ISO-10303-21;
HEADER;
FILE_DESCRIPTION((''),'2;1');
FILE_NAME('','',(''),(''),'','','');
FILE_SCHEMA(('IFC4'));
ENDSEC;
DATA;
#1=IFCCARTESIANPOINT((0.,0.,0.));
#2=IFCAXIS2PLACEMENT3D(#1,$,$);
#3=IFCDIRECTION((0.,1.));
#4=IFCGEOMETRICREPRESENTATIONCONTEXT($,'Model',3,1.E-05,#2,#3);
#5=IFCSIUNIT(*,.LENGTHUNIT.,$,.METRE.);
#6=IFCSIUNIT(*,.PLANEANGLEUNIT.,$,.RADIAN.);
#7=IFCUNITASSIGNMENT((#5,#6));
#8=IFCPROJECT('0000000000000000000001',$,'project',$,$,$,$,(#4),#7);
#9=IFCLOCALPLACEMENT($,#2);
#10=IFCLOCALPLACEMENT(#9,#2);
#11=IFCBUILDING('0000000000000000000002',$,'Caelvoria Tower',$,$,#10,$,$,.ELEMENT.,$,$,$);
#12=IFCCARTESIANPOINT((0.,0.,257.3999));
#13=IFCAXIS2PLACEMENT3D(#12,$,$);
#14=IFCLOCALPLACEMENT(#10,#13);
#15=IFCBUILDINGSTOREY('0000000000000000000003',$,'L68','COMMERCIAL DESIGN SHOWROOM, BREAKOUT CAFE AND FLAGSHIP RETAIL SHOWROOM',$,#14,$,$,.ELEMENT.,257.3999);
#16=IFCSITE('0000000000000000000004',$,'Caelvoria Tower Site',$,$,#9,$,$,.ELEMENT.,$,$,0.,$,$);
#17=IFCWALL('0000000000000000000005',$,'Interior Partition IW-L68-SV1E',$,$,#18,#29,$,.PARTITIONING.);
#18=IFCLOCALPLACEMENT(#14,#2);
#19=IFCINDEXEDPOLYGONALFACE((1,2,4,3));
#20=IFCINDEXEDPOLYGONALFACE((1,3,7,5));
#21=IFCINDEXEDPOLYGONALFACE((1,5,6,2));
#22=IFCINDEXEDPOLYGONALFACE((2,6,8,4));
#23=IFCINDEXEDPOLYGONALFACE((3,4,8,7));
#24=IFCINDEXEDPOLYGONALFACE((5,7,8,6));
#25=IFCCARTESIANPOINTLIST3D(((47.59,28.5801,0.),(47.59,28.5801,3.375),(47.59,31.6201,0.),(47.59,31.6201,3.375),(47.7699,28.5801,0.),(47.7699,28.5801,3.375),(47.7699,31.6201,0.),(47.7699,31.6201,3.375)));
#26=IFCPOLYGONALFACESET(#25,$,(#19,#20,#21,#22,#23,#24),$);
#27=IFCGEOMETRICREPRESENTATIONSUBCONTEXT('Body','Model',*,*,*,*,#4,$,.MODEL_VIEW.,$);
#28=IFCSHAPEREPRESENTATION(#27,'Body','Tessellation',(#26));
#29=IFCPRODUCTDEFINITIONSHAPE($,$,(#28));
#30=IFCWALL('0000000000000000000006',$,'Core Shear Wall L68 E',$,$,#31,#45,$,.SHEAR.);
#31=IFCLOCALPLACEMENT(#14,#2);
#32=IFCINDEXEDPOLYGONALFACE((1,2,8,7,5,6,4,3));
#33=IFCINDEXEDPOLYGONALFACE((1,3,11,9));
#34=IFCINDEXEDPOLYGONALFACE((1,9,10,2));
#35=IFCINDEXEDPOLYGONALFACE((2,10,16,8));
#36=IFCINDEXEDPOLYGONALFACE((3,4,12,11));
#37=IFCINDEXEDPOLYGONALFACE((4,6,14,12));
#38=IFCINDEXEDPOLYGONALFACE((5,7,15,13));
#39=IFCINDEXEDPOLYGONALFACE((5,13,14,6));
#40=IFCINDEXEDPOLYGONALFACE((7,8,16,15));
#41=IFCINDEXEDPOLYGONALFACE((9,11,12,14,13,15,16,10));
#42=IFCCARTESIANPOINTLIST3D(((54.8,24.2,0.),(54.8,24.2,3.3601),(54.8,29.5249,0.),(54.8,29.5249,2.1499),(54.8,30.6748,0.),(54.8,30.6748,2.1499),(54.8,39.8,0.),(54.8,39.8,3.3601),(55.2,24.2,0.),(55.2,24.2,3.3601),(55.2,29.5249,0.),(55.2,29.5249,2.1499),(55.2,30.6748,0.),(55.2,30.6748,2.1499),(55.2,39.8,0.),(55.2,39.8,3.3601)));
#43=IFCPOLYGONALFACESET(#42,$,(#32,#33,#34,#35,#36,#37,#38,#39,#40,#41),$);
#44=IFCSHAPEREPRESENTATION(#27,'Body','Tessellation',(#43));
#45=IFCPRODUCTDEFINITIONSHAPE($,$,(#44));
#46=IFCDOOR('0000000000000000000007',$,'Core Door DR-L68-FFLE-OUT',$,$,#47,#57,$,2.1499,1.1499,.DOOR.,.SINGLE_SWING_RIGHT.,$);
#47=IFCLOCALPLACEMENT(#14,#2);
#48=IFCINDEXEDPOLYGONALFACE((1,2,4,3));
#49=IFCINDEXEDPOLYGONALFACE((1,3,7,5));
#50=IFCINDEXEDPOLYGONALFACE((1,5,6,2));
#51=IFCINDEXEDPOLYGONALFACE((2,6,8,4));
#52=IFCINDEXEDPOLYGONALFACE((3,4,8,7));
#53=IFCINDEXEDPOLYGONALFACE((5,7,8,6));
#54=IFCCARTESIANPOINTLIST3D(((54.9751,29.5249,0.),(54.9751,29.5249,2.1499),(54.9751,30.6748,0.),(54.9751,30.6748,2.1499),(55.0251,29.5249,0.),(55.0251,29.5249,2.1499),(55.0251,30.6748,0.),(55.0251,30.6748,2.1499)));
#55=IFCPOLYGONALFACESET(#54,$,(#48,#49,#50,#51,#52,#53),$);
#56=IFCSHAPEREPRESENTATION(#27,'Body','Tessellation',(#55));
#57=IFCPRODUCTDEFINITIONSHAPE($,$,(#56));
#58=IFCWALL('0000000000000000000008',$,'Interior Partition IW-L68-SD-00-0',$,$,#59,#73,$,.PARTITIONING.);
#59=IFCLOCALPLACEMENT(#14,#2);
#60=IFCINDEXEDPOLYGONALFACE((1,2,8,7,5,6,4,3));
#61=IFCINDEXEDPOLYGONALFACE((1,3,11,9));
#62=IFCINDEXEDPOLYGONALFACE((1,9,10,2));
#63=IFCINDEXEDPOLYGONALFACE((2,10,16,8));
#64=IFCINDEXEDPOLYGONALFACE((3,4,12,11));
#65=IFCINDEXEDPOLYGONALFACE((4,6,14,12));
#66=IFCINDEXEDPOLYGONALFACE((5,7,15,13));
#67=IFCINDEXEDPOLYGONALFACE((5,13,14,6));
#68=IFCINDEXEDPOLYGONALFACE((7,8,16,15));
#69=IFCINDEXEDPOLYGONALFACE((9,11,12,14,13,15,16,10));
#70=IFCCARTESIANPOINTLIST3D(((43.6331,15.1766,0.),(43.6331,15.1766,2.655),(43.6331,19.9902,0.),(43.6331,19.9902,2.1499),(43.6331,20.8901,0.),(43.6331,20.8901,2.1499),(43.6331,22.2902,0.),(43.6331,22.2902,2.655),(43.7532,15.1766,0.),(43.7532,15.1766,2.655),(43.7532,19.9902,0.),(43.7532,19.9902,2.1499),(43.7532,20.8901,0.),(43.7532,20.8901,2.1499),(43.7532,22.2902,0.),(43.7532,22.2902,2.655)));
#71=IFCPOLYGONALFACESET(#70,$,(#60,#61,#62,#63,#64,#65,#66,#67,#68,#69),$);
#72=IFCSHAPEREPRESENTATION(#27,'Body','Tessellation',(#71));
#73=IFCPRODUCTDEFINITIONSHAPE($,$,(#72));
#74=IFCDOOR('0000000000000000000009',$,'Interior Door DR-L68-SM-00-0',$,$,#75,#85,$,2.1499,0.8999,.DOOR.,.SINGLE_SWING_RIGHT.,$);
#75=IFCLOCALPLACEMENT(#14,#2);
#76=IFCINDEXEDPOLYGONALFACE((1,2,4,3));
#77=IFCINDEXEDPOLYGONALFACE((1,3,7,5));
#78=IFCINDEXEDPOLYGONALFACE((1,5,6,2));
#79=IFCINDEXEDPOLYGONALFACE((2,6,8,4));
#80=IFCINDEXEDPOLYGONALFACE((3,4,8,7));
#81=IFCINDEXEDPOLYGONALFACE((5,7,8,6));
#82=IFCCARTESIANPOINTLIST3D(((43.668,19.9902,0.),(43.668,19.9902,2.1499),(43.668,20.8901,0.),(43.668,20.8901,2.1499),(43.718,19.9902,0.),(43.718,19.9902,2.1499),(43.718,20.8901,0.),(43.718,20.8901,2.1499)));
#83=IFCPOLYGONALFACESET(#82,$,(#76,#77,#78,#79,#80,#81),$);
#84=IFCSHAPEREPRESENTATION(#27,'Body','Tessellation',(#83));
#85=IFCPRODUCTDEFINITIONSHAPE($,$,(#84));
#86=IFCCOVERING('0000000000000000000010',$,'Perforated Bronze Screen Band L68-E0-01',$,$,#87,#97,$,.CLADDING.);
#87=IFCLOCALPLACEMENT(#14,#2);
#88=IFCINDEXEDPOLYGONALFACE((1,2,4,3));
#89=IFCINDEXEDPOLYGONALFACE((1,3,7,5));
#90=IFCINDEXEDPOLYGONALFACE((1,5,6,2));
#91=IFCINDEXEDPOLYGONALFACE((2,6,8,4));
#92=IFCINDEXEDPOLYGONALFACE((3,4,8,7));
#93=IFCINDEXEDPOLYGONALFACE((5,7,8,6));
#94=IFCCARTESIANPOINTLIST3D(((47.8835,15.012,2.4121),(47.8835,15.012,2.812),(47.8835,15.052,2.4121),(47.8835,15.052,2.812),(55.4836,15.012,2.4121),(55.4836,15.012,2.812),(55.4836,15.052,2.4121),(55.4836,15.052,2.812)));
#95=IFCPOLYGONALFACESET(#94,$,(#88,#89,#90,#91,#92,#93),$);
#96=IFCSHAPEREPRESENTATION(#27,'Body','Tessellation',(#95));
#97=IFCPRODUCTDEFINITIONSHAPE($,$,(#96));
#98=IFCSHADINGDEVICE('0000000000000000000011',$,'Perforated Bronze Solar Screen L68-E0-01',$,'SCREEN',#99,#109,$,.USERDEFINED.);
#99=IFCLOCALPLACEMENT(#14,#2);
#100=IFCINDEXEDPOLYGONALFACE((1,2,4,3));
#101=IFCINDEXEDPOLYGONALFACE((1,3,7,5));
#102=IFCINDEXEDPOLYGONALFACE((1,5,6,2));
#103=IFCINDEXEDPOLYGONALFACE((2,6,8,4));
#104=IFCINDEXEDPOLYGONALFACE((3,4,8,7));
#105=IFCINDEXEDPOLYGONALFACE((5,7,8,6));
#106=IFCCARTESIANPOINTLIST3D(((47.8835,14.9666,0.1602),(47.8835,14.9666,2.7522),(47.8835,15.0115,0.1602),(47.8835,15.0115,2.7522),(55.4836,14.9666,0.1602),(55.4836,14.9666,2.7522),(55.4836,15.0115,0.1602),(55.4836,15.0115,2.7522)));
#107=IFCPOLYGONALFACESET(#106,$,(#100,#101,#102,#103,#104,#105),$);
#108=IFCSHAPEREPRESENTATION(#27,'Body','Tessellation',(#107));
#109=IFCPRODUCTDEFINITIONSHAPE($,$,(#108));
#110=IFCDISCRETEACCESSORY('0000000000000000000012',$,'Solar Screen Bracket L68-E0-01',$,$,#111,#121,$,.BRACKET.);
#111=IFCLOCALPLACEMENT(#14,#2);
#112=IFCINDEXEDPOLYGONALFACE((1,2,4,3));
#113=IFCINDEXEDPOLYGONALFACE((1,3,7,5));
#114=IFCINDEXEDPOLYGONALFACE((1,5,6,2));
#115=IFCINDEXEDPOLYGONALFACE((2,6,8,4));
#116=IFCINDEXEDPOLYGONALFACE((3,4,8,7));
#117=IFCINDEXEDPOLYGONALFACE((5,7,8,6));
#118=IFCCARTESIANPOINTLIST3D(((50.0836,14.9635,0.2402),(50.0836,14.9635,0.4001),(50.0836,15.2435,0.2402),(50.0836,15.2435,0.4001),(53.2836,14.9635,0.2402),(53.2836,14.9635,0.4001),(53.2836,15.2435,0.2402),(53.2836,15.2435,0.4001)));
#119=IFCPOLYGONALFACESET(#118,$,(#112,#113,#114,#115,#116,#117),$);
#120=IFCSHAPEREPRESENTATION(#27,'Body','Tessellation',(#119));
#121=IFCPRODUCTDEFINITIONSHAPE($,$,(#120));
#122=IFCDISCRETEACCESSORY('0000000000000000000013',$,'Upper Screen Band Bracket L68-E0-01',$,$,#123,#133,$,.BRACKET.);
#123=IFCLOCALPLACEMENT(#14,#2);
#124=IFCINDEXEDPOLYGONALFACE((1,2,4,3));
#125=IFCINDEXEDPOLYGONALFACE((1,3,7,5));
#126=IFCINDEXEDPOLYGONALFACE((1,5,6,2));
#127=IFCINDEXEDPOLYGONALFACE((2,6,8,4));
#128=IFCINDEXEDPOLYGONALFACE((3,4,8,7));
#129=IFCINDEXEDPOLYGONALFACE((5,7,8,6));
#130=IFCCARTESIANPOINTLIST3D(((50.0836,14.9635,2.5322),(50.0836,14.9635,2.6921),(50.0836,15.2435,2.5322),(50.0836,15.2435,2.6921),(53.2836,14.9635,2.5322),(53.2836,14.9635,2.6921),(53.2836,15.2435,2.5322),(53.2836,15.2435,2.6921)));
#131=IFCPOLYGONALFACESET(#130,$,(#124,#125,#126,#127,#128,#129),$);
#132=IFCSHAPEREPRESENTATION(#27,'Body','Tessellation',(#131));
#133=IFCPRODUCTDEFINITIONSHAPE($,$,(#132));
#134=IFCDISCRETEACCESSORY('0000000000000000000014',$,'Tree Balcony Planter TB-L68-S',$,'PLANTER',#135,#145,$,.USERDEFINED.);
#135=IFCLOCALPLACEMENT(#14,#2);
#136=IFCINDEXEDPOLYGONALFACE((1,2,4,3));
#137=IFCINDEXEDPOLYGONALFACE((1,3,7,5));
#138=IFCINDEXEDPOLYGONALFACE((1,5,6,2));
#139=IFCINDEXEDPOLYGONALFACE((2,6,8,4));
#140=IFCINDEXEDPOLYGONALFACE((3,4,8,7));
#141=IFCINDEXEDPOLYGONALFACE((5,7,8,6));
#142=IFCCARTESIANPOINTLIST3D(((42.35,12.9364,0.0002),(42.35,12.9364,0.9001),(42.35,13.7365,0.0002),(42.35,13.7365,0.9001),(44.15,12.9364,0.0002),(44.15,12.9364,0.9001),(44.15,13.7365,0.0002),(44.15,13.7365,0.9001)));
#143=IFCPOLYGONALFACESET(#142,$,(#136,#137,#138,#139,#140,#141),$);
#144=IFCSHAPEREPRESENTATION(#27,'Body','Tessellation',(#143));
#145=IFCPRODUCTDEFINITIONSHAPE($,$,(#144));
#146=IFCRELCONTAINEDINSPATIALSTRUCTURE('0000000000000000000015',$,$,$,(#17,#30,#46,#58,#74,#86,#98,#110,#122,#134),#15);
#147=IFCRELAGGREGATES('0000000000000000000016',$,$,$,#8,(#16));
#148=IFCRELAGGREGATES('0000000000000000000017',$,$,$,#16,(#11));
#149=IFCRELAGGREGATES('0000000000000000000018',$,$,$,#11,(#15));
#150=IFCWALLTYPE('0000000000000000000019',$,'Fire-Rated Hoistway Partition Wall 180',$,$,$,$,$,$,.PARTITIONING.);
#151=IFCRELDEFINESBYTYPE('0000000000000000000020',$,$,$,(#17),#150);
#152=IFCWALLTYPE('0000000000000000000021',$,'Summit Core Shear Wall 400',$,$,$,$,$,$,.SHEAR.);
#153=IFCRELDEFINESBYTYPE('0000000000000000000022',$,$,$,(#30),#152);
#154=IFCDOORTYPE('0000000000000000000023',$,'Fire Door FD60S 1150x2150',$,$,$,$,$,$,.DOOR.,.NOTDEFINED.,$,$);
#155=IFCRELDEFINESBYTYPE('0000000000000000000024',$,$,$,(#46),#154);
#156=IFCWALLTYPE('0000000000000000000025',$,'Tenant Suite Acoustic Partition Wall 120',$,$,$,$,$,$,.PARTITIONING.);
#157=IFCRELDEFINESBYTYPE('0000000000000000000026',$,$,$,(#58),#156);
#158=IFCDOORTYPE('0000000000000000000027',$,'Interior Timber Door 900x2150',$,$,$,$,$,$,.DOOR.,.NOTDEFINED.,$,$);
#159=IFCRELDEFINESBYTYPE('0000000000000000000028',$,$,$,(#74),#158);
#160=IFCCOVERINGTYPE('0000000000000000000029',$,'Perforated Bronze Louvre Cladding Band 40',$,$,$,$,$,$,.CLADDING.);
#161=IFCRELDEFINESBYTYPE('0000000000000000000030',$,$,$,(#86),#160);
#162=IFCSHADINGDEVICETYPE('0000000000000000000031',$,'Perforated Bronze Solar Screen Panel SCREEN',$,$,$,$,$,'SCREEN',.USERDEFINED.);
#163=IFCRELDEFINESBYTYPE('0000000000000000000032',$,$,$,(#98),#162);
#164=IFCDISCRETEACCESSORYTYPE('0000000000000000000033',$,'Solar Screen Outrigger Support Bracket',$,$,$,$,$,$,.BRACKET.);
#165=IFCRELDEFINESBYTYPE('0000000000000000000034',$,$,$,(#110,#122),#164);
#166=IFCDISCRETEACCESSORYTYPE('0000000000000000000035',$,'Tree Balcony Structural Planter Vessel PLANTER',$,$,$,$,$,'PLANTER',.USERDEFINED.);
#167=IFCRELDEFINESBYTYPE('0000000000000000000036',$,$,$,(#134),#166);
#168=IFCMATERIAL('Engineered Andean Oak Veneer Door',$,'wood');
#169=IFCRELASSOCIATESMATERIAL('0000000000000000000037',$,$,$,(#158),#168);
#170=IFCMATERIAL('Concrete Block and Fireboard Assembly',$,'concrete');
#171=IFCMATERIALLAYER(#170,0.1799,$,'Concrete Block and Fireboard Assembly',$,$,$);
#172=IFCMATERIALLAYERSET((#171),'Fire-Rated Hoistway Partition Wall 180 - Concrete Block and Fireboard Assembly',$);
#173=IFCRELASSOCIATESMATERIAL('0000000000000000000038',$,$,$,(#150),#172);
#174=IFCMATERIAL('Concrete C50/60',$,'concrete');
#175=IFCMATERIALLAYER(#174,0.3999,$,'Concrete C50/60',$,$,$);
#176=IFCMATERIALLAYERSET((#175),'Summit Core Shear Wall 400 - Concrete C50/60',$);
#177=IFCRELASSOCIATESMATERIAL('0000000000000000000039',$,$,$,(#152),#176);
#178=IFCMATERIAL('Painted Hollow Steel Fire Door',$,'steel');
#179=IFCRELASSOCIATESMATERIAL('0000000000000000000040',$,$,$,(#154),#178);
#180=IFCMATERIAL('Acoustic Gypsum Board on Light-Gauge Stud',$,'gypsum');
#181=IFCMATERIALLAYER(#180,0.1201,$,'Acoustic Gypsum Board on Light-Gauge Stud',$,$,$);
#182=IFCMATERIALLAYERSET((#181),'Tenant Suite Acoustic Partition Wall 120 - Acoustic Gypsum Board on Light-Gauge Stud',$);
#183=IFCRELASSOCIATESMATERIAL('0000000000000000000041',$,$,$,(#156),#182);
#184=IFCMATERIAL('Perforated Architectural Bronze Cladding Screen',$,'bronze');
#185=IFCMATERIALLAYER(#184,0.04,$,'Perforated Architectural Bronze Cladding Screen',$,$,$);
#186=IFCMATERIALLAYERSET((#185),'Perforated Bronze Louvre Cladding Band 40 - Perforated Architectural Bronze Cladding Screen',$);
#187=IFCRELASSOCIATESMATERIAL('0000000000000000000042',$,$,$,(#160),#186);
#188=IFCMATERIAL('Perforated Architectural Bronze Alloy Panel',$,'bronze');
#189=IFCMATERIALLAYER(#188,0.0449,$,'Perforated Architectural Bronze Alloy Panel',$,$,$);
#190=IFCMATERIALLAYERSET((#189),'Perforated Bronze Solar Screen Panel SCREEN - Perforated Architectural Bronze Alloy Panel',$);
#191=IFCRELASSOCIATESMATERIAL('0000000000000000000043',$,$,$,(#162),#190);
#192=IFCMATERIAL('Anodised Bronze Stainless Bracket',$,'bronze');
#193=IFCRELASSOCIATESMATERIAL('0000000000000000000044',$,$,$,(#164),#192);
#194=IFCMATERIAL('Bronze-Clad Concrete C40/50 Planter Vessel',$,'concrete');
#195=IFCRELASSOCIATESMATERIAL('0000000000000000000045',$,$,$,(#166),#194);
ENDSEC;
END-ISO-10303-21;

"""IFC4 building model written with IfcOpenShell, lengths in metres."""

from ifc_helpers import new_model, si_unit, direction, frame, frame_2d, origin, origin_2d, place, context, subcontext, project, spatial, rectangle, extrude, material, layer, layer_set, type_object, element, fill, save


model = new_model("IFC4")

# Units and contexts
model_context = context("Model", 3, precision=1e-05, world=origin(), true_north=direction((0.0, 1.0)))
body_context = subcontext(model_context, "Body", "Model", "MODEL_VIEW")
ifc_project = project(units=[si_unit("LENGTHUNIT", "METRE"), si_unit("PLANEANGLEUNIT", "RADIAN")], contexts=[model_context])

# Site, building, storey
site_placement = place(None, origin())
site = spatial("IfcSite", under=ifc_project, at=site_placement, Name="Caelvoria Tower Site", CompositionType="ELEMENT", RefElevation=0.0)
building_placement = place(site_placement, origin())
building = spatial("IfcBuilding", under=site, at=building_placement, Name="Caelvoria Tower", CompositionType="ELEMENT")
storey_placement = place(building_placement, frame((0.0, 0.0, 257.3999)))
storey = spatial("IfcBuildingStorey", under=building, at=storey_placement, Name="L68", Description="COMMERCIAL DESIGN SHOWROOM, BREAKOUT CAFE AND FLAGSHIP RETAIL SHOWROOM", CompositionType="ELEMENT", Elevation=257.3999)

# Shared definitions
ifc_material_1 = material(Name="Concrete C50/60", Category="concrete")

# Shared definitions
ifc_material_2 = material(Name="Engineered Andean Oak Veneer Door", Category="wood")
door_type_1 = type_object("IfcDoorType", Name="Interior Timber Door 900x2150", OperationType="NOTDEFINED", PredefinedType="DOOR", material=ifc_material_2)

# Wall
ifc_material_3 = material(Name="Concrete Block and Fireboard Assembly", Category="concrete")
ifc_layer_1 = layer(ifc_material_3, 0.1799, Name="Concrete Block and Fireboard Assembly")
ifc_layer_set_1 = layer_set([ifc_layer_1], Name="Fire-Rated Hoistway Partition Wall 180 - Concrete Block and Fireboard Assembly")
wall_type_1 = type_object("IfcWallType", Name="Fire-Rated Hoistway Partition Wall 180", PredefinedType="PARTITIONING", material=ifc_layer_set_1)
for number, where, z_axis, x_axis, name in (
    (1, (47.6799, 28.5801, 0.0), (0.0, 0.0, 1.0), (0.0, 1.0, 0.0), "Interior Partition IW-L68-SV1E"),
):
    element("IfcWall", number, at=place(storey_placement, frame(where, z_axis=z_axis, x_axis=x_axis)), inside=storey, type_object=wall_type_1, Name=name, PredefinedType="PARTITIONING", context=body_context, shape_type="SweptSolid", body=[
        extrude(rectangle(XDim=3.04, YDim=0.1799, at=frame_2d((1.52, 0.0))), origin(), (0.0, 0.0, 1.0), 3.375),
    ])

# Walls, openings, doors
ifc_layer_2 = layer(ifc_material_1, 0.3999, Name="Concrete C50/60")
ifc_layer_set_2 = layer_set([ifc_layer_2], Name="Summit Core Shear Wall 400 - Concrete C50/60")
wall_type_2 = type_object("IfcWallType", Name="Summit Core Shear Wall 400", PredefinedType="SHEAR", material=ifc_layer_set_2)
wall_1_placement = place(storey_placement, frame((55.0, 24.2, 0.0), z_axis=(0.0, 0.0, 1.0), x_axis=(0.0, 1.0, 0.0)))
wall_1 = element("IfcWall", 2, at=wall_1_placement, inside=storey, type_object=wall_type_2, Name="Core Shear Wall L68 E", PredefinedType="SHEAR", context=body_context, shape_type="SweptSolid", body=[
    extrude(rectangle(XDim=15.6001, YDim=0.3999, at=frame_2d((7.8, 0.0))), origin(), (0.0, 0.0, 1.0), 3.3601),
])
opening_1_placement = place(wall_1_placement, frame((5.325, 0.0, 0.0)))
opening_1 = element("IfcOpeningElement", 3, at=opening_1_placement, cuts=wall_1, PredefinedType="OPENING", context=body_context, shape_type="SweptSolid", body=[
    extrude(rectangle(XDim=1.1499, YDim=2.1499, at=frame_2d((0.575, 1.075))), frame((0.0, 0.21, 0.0), z_axis=(0.0, -1.0, 0.0), x_axis=(1.0, 0.0, 0.0)), (0.0, 0.0, 1.0), 0.4199),
])
ifc_material_4 = material(Name="Painted Hollow Steel Fire Door", Category="steel")
door_type_2 = type_object("IfcDoorType", Name="Fire Door FD60S 1150x2150", OperationType="NOTDEFINED", PredefinedType="DOOR", material=ifc_material_4)
door_1_placement = place(opening_1_placement, origin())
door_1 = element("IfcDoor", 4, at=door_1_placement, inside=storey, type_object=door_type_2, Name="Core Door DR-L68-FFLE-OUT", OperationType="SINGLE_SWING_RIGHT", OverallHeight=2.1499, OverallWidth=1.1499, PredefinedType="DOOR", context=body_context, shape_type="SweptSolid", body=[
    extrude(rectangle(XDim=1.1499, YDim=2.1499, at=frame_2d((0.575, 1.075))), frame((0.0, 0.0249, 0.0), z_axis=(0.0, -1.0, 0.0), x_axis=(1.0, 0.0, 0.0)), (0.0, 0.0, 1.0), 0.05),
])
fill(opening_1, door_1)
ifc_material_5 = material(Name="Acoustic Gypsum Board on Light-Gauge Stud", Category="gypsum")
ifc_layer_3 = layer(ifc_material_5, 0.1201, Name="Acoustic Gypsum Board on Light-Gauge Stud")
ifc_layer_set_3 = layer_set([ifc_layer_3], Name="Tenant Suite Acoustic Partition Wall 120 - Acoustic Gypsum Board on Light-Gauge Stud")
wall_type_3 = type_object("IfcWallType", Name="Tenant Suite Acoustic Partition Wall 120", PredefinedType="PARTITIONING", material=ifc_layer_set_3)
wall_2_placement = place(storey_placement, frame((43.6931, 22.29, 0.0), z_axis=(0.0, 0.0, 1.0), x_axis=(0.0, -1.0, 0.0)))
wall_2 = element("IfcWall", 5, at=wall_2_placement, inside=storey, type_object=wall_type_3, Name="Interior Partition IW-L68-SD-00-0", PredefinedType="PARTITIONING", context=body_context, shape_type="SweptSolid", body=[
    extrude(rectangle(XDim=7.1135, YDim=0.1201, at=frame_2d((3.5566, 0.0))), origin(), (0.0, 0.0, 1.0), 2.655),
])
opening_2_placement = place(wall_2_placement, frame((1.3999, 0.0, 0.0)))
opening_2 = element("IfcOpeningElement", 6, at=opening_2_placement, cuts=wall_2, PredefinedType="OPENING", context=body_context, shape_type="SweptSolid", body=[
    extrude(rectangle(XDim=0.8999, YDim=2.1499, at=frame_2d((0.45, 1.075))), frame((0.0, 0.0701, 0.0), z_axis=(0.0, -1.0, 0.0), x_axis=(1.0, 0.0, 0.0)), (0.0, 0.0, 1.0), 0.1401),
])
door_2_placement = place(opening_2_placement, origin())
door_2 = element("IfcDoor", 7, at=door_2_placement, inside=storey, type_object=door_type_1, Name="Interior Door DR-L68-SM-00-0", OperationType="SINGLE_SWING_RIGHT", OverallHeight=2.1499, OverallWidth=0.8999, PredefinedType="DOOR", context=body_context, shape_type="SweptSolid", body=[
    extrude(rectangle(XDim=0.8999, YDim=2.1499, at=frame_2d((0.45, 1.075))), frame((0.0, 0.0249, 0.0), z_axis=(0.0, -1.0, 0.0), x_axis=(1.0, 0.0, 0.0)), (0.0, 0.0, 1.0), 0.05),
])
fill(opening_2, door_2)

# Covering
ifc_material_6 = material(Name="Perforated Architectural Bronze Cladding Screen", Category="bronze")
ifc_layer_4 = layer(ifc_material_6, 0.04, Name="Perforated Architectural Bronze Cladding Screen")
ifc_layer_set_4 = layer_set([ifc_layer_4], Name="Perforated Bronze Louvre Cladding Band 40 - Perforated Architectural Bronze Cladding Screen")
covering_type = type_object("IfcCoveringType", Name="Perforated Bronze Louvre Cladding Band 40", PredefinedType="CLADDING", material=ifc_layer_set_4)
covering_placement = place(storey_placement, frame((51.6836, 15.032, 2.4121), z_axis=(0.0, 0.0, 1.0), x_axis=(1.0, 0.0, 0.0)))
element("IfcCovering", 8, at=covering_placement, inside=storey, type_object=covering_type, Name="Perforated Bronze Screen Band L68-E0-01", PredefinedType="CLADDING", context=body_context, shape_type="SweptSolid", body=[
    extrude(rectangle(XDim=7.6001, YDim=0.04, at=origin_2d()), origin(), (0.0, 0.0, 1.0), 0.3999),
])

# Shading device
ifc_material_7 = material(Name="Perforated Architectural Bronze Alloy Panel", Category="bronze")
ifc_layer_5 = layer(ifc_material_7, 0.0449, Name="Perforated Architectural Bronze Alloy Panel")
ifc_layer_set_5 = layer_set([ifc_layer_5], Name="Perforated Bronze Solar Screen Panel SCREEN - Perforated Architectural Bronze Alloy Panel")
shading_device_type = type_object("IfcShadingDeviceType", Name="Perforated Bronze Solar Screen Panel SCREEN", ElementType="SCREEN", PredefinedType="USERDEFINED", material=ifc_layer_set_5)
shading_device_placement = place(storey_placement, frame((51.6836, 14.989, 0.1602), z_axis=(0.0, 0.0, 1.0), x_axis=(1.0, 0.0, 0.0)))
element("IfcShadingDevice", 9, at=shading_device_placement, inside=storey, type_object=shading_device_type, Name="Perforated Bronze Solar Screen L68-E0-01", ObjectType="SCREEN", PredefinedType="USERDEFINED", context=body_context, shape_type="SweptSolid", body=[
    extrude(rectangle(XDim=7.6001, YDim=0.0449, at=origin_2d()), origin(), (0.0, 0.0, 1.0), 2.592),
])

# Discrete accessories
ifc_material_8 = material(Name="Anodised Bronze Stainless Bracket", Category="bronze")
discrete_accessory_type_1 = type_object("IfcDiscreteAccessoryType", Name="Solar Screen Outrigger Support Bracket", PredefinedType="BRACKET", material=ifc_material_8)
for number, where, z_axis, x_axis, name in (
    (10, (51.6836, 15.1035, 0.2402), (0.0, 0.0, 1.0), (1.0, 0.0, 0.0), "Solar Screen Bracket L68-E0-01"),
    (11, (51.6836, 15.1035, 2.5322), (0.0, 0.0, 1.0), (1.0, 0.0, 0.0), "Upper Screen Band Bracket L68-E0-01"),
):
    element("IfcDiscreteAccessory", number, at=place(storey_placement, frame(where, z_axis=z_axis, x_axis=x_axis)), inside=storey, type_object=discrete_accessory_type_1, Name=name, PredefinedType="BRACKET", context=body_context, shape_type="SweptSolid", body=[
        extrude(rectangle(XDim=3.2, YDim=0.28, at=origin_2d()), origin(), (0.0, 0.0, 1.0), 0.1599),
    ])
ifc_material_9 = material(Name="Bronze-Clad Concrete C40/50 Planter Vessel", Category="concrete")
discrete_accessory_type_2 = type_object("IfcDiscreteAccessoryType", Name="Tree Balcony Structural Planter Vessel PLANTER", ElementType="PLANTER", PredefinedType="USERDEFINED", material=ifc_material_9)
discrete_accessory_placement = place(storey_placement, frame((43.25, 13.3364, 0.0002), z_axis=(0.0, 0.0, 1.0), x_axis=(1.0, 0.0, 0.0)))
element("IfcDiscreteAccessory", 12, at=discrete_accessory_placement, inside=storey, type_object=discrete_accessory_type_2, Name="Tree Balcony Planter TB-L68-S", ObjectType="PLANTER", PredefinedType="USERDEFINED", context=body_context, shape_type="SweptSolid", body=[
    extrude(rectangle(XDim=1.8, YDim=0.8, at=origin_2d()), origin(), (0.0, 0.0, 1.0), 0.8999),
])

save(model, "model.ifc")
